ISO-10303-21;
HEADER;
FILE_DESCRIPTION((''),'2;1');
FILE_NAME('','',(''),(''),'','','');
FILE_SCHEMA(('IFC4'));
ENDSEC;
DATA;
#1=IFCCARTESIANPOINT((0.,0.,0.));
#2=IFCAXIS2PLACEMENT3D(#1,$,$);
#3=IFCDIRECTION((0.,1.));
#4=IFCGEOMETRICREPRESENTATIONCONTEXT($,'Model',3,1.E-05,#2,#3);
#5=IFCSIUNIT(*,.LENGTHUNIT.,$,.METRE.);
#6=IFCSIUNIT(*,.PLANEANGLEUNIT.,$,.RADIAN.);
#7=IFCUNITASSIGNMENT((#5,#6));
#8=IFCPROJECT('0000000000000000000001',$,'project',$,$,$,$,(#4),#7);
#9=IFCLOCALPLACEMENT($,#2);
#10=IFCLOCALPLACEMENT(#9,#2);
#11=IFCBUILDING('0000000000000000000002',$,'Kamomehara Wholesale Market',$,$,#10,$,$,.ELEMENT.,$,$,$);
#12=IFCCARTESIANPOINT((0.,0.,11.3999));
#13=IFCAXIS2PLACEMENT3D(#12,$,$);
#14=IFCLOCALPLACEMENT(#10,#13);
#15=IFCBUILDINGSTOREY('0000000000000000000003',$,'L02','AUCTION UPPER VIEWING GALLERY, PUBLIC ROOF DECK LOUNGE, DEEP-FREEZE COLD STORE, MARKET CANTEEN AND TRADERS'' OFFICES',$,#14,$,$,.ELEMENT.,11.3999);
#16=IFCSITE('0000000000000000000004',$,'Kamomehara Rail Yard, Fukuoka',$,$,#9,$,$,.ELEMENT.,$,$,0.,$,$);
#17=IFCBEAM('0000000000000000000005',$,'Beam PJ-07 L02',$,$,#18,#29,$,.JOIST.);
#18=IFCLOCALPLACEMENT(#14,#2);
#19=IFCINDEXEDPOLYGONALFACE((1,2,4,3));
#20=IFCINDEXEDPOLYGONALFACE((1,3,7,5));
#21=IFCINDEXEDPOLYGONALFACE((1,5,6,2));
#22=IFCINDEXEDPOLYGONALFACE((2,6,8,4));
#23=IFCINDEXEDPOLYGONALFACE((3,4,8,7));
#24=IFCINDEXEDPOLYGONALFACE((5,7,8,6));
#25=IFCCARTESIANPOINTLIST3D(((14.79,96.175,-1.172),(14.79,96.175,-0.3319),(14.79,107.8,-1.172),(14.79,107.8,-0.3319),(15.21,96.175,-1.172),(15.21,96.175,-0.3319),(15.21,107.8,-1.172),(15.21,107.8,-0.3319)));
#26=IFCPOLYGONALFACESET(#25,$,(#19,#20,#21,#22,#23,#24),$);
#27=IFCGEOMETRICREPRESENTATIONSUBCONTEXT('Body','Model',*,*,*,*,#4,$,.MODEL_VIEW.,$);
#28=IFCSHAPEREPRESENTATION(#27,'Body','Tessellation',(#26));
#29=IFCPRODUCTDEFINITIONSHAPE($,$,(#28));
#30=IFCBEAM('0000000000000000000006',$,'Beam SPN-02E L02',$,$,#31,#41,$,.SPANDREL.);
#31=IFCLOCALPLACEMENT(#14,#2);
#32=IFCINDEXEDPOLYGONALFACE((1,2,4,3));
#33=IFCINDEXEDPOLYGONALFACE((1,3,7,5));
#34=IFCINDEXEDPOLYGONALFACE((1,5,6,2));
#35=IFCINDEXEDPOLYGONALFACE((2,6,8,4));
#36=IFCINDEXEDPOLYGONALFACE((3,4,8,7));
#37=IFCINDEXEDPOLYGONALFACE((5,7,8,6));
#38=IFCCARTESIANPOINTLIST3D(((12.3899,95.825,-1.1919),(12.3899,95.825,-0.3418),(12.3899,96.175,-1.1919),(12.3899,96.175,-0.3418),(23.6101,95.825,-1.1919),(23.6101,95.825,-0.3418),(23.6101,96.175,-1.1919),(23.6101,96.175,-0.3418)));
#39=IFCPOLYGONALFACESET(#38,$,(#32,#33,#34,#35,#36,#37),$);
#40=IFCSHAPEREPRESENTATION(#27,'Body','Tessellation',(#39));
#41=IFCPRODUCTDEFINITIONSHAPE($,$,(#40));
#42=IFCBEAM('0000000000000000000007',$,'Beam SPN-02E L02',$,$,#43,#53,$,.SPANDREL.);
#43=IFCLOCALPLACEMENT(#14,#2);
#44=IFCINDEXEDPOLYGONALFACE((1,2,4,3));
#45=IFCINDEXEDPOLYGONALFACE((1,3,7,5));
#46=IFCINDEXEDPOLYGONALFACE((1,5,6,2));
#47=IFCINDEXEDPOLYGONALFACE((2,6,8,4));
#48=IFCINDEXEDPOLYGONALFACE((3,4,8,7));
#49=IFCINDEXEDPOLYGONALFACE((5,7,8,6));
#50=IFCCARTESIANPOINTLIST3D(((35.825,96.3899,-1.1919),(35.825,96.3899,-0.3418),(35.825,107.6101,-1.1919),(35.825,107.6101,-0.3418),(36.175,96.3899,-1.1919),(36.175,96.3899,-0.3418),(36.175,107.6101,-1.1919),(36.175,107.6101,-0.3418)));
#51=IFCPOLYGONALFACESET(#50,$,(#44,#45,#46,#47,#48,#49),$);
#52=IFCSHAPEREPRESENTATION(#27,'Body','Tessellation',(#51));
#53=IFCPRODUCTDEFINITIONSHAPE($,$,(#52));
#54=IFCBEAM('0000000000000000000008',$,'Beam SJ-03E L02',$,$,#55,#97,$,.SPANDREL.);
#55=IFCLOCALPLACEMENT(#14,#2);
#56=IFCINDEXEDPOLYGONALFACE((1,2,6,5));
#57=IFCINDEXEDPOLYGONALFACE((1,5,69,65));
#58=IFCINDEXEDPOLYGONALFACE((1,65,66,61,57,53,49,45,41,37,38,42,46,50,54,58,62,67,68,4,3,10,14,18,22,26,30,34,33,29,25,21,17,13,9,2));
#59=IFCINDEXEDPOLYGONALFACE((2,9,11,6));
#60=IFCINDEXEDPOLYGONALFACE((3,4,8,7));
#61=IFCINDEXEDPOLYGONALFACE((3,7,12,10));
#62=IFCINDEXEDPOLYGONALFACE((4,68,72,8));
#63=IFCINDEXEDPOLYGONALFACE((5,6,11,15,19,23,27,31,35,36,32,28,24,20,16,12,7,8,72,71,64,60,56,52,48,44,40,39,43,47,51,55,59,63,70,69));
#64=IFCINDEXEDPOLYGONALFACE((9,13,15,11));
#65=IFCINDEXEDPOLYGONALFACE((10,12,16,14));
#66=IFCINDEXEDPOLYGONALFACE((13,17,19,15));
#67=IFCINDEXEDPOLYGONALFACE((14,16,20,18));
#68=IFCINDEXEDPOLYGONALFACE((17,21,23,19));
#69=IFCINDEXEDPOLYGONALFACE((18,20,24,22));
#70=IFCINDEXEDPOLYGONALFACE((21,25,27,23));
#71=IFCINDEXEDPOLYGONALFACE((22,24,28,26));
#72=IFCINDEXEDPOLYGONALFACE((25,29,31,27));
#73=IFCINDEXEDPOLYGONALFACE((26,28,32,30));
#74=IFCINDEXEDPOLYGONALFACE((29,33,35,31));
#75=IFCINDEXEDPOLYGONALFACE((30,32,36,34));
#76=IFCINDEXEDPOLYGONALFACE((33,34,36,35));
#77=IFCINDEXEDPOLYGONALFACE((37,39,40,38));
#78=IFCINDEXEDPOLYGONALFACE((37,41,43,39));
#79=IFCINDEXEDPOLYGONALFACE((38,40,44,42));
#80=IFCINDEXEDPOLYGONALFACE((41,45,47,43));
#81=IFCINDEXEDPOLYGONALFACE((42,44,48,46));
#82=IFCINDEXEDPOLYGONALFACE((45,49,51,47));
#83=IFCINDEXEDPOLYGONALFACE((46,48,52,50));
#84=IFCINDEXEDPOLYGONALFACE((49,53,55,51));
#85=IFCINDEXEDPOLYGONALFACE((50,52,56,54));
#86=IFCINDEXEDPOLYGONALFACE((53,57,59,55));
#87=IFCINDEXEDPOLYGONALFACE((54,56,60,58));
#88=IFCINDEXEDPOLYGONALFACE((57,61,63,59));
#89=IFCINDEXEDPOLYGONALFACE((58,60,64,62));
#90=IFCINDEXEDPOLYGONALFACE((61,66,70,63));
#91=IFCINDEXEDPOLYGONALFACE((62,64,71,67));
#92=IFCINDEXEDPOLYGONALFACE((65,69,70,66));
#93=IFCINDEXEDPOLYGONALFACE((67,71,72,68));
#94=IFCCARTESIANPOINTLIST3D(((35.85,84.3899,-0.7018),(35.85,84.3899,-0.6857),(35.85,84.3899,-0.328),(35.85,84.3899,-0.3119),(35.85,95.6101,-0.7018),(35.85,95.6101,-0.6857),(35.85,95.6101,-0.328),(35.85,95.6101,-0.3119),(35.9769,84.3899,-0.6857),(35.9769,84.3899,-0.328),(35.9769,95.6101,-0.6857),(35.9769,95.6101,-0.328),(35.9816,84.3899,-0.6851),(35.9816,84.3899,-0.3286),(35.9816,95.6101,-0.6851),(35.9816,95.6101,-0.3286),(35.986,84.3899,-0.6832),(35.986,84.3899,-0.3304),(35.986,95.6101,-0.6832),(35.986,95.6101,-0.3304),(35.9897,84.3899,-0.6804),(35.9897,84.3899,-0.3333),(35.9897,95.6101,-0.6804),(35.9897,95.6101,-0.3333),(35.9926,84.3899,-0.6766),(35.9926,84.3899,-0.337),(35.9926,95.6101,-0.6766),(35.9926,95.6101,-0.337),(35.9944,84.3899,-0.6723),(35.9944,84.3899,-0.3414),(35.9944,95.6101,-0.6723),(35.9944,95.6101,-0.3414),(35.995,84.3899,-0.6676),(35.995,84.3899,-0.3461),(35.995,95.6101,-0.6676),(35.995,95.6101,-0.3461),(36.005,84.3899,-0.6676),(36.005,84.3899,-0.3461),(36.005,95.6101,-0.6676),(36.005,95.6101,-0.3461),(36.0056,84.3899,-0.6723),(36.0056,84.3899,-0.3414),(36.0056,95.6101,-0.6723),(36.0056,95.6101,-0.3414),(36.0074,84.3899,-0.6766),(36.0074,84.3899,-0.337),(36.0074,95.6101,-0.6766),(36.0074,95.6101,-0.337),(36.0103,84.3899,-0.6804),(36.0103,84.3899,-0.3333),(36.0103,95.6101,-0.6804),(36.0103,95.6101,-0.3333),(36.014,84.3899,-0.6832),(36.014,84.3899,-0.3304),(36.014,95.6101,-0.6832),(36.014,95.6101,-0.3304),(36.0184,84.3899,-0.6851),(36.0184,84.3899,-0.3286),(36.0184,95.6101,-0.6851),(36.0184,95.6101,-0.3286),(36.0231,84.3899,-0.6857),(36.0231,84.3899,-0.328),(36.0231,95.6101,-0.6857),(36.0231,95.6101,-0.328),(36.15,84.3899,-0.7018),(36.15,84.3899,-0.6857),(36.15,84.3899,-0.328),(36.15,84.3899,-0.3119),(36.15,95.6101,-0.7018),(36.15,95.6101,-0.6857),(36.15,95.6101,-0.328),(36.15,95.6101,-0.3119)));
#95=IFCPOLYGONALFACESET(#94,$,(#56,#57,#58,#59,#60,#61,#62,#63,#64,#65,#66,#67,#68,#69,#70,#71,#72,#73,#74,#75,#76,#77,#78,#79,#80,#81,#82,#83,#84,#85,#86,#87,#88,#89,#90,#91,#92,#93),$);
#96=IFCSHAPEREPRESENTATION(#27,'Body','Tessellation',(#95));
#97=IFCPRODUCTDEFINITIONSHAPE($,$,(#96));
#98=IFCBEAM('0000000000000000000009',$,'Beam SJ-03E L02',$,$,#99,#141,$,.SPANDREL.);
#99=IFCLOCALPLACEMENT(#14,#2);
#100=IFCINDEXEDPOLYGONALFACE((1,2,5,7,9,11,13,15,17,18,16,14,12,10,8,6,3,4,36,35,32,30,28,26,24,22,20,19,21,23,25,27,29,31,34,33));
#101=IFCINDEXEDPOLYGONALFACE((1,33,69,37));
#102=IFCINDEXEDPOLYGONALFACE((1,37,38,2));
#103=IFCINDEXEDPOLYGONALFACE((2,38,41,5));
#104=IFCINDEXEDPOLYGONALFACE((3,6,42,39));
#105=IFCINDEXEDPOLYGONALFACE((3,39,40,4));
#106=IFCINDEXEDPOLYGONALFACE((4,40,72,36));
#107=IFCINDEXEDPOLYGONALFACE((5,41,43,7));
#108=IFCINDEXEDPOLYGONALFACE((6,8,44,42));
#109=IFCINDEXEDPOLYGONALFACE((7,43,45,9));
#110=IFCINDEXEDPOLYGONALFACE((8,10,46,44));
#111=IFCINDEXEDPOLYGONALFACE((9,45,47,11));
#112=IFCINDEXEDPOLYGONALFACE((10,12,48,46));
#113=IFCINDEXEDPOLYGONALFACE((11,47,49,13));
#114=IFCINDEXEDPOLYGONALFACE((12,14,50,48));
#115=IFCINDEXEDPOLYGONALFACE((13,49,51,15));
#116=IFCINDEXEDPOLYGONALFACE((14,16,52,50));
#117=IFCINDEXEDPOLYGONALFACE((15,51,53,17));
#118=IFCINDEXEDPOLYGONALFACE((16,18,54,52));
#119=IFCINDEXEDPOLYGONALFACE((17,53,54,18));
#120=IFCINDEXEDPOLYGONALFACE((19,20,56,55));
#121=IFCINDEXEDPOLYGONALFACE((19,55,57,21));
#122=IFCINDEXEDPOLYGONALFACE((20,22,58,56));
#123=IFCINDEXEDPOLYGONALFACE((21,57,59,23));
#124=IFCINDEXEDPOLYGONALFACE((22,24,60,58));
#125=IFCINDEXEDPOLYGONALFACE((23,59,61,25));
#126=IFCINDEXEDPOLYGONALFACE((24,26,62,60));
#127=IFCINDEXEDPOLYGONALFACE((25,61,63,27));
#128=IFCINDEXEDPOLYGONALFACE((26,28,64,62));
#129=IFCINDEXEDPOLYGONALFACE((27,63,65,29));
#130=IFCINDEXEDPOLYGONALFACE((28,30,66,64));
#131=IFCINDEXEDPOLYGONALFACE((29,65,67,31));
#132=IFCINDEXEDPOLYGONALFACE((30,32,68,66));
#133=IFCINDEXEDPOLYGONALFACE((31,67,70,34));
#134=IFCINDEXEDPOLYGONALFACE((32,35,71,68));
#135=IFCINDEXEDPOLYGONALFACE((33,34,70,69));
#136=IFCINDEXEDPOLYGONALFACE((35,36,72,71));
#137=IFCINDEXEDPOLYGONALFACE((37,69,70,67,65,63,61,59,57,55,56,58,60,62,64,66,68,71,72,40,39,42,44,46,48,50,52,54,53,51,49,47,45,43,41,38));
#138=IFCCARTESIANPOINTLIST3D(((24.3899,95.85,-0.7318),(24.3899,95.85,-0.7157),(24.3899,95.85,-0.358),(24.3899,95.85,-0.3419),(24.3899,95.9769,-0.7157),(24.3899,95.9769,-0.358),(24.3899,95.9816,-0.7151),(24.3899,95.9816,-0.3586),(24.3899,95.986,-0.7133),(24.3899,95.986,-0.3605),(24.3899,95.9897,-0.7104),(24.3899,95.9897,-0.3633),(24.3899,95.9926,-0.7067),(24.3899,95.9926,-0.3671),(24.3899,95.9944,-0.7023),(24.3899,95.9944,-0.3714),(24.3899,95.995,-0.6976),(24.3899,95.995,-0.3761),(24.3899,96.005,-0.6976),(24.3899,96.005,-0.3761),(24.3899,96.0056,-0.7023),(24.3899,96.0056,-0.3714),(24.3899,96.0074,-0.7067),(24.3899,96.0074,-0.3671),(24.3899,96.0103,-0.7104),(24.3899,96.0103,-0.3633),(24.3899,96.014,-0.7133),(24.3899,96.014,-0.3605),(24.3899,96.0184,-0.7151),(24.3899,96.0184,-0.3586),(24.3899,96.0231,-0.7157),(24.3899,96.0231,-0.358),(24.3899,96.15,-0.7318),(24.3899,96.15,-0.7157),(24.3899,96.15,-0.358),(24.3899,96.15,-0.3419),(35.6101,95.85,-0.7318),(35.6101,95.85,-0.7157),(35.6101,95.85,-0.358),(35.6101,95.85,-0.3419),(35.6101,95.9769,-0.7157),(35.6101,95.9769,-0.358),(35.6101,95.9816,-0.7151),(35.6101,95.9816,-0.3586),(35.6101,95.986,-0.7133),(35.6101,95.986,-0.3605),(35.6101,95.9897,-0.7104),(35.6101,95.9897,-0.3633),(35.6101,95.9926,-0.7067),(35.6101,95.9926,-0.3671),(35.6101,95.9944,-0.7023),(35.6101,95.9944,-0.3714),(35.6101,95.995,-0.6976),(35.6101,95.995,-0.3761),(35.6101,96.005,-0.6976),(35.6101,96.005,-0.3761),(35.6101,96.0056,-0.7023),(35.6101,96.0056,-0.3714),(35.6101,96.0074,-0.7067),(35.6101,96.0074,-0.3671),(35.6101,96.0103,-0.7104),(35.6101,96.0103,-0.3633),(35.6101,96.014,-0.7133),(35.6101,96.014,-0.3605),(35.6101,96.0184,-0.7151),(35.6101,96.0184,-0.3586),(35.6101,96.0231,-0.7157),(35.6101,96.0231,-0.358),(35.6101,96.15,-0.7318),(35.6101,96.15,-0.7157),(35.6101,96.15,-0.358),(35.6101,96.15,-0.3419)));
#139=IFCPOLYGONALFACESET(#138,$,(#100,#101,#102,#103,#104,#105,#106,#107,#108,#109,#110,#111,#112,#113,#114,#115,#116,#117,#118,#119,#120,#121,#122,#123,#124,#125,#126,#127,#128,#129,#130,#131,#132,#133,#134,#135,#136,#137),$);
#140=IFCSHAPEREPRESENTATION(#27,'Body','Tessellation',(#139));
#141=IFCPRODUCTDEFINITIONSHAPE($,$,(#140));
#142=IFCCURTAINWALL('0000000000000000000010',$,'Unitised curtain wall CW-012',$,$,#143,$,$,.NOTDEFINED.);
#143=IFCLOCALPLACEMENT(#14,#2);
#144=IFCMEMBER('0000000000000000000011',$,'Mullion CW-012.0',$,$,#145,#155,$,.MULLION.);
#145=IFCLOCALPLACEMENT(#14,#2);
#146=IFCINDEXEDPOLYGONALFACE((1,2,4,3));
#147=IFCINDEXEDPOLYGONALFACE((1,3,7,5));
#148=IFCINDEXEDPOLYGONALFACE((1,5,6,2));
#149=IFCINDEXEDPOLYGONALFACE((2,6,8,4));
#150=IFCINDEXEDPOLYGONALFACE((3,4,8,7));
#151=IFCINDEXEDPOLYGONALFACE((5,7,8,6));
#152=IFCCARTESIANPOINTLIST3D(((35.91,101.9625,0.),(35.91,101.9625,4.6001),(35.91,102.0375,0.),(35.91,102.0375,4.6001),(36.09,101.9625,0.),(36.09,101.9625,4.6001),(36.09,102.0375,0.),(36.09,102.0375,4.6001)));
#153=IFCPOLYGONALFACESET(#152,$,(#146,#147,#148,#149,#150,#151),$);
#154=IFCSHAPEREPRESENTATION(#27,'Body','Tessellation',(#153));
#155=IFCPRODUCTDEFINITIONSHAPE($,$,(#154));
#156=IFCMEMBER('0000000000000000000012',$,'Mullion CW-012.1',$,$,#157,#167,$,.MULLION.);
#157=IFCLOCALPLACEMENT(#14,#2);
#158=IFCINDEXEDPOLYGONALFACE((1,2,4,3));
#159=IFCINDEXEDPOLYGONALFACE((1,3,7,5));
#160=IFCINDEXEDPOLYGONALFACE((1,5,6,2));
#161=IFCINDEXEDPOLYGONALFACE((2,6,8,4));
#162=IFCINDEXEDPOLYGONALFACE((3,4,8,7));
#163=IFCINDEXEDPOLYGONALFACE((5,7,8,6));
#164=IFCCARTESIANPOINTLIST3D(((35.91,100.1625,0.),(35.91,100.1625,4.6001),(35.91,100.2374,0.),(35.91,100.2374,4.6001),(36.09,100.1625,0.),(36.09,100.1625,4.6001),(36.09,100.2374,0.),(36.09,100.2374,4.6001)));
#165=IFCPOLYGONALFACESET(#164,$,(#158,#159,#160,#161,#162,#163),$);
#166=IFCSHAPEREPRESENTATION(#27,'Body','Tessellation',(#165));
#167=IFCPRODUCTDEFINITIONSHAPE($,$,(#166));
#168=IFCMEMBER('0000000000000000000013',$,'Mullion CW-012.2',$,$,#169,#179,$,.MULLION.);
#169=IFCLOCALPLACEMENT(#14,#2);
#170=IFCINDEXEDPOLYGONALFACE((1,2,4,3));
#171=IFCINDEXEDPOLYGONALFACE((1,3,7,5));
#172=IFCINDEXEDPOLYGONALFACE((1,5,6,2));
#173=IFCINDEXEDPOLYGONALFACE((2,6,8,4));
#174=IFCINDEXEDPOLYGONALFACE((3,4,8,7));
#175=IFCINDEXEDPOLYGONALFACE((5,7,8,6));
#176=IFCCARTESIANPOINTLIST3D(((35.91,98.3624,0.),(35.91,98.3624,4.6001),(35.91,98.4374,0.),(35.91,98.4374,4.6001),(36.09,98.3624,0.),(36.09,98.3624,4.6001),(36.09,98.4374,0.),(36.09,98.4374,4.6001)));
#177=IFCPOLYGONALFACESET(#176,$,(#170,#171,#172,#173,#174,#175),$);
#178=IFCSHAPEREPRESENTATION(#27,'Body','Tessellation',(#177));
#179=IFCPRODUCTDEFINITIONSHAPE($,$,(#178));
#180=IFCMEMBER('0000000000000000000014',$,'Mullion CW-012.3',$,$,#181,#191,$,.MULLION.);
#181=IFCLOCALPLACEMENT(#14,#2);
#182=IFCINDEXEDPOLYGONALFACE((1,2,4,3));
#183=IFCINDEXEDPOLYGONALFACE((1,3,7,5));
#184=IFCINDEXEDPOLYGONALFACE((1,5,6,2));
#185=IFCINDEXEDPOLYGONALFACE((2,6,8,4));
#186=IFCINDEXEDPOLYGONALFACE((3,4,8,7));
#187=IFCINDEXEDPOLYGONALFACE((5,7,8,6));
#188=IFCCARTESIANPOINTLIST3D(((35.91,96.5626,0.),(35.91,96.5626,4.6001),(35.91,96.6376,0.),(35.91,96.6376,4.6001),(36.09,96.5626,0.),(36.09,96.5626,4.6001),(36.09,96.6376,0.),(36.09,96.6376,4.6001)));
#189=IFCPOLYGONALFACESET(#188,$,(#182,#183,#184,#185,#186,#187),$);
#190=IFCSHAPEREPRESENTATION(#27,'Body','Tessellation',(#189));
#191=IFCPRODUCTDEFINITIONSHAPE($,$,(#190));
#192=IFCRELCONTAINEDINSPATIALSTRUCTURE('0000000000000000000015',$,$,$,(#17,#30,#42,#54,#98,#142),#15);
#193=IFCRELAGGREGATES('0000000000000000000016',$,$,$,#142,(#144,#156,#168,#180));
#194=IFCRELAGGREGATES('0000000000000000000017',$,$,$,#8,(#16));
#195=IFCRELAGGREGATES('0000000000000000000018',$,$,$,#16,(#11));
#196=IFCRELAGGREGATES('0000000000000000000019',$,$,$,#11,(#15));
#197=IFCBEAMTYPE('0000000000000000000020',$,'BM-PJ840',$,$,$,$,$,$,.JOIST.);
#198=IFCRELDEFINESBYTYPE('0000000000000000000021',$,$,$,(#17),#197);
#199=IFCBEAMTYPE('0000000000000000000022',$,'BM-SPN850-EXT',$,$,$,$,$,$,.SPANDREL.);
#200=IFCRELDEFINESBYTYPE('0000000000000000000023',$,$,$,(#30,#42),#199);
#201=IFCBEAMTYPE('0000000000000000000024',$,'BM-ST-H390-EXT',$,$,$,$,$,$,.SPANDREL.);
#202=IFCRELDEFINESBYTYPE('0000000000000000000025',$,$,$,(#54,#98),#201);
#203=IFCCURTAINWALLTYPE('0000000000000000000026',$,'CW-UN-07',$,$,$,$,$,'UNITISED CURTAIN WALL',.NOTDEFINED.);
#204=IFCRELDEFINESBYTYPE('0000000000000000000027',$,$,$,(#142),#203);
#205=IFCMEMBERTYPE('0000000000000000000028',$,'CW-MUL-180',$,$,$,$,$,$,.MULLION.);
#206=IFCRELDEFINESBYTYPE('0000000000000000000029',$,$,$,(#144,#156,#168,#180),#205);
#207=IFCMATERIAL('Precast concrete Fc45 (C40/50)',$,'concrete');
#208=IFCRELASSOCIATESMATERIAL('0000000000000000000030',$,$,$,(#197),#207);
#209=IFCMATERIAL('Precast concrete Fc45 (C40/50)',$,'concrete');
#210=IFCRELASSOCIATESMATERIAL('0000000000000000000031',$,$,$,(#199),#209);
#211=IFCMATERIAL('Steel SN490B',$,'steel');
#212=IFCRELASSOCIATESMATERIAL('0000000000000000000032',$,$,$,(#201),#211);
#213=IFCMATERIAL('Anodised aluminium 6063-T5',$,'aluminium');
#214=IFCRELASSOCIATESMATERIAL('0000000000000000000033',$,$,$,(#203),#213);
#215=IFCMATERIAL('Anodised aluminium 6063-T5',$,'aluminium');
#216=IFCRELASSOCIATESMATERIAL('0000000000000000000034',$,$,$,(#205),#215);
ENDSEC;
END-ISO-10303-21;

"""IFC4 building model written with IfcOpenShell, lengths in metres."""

from ifc_helpers import new_model, si_unit, direction, frame, origin, origin_2d, place, context, subcontext, project, spatial, rectangle, i_section, extrude, material, material_profile, profile_set, type_object, element, aggregate, save


model = new_model("IFC4")

# Units and contexts
model_context = context("Model", 3, precision=1e-05, world=origin(), true_north=direction((0.0, 1.0)))
body_context = subcontext(model_context, "Body", "Model", "MODEL_VIEW")
ifc_project = project(units=[si_unit("LENGTHUNIT", "METRE"), si_unit("PLANEANGLEUNIT", "RADIAN")], contexts=[model_context])

# Site, building, storey
site_placement = place(None, origin())
site = spatial("IfcSite", under=ifc_project, at=site_placement, Name="Kamomehara Rail Yard, Fukuoka", CompositionType="ELEMENT", RefElevation=0.0)
building_placement = place(site_placement, origin())
building = spatial("IfcBuilding", under=site, at=building_placement, Name="Kamomehara Wholesale Market", CompositionType="ELEMENT")
storey_placement = place(building_placement, frame((0.0, 0.0, 11.3999)))
storey = spatial("IfcBuildingStorey", under=building, at=storey_placement, Name="L02", Description="AUCTION UPPER VIEWING GALLERY, PUBLIC ROOF DECK LOUNGE, DEEP-FREEZE COLD STORE, MARKET CANTEEN AND TRADERS' OFFICES", CompositionType="ELEMENT", Elevation=11.3999)

# Beams
ifc_material_1 = material(Name="Precast concrete Fc45 (C40/50)", Category="concrete")
ifc_material_profile_1 = material_profile(ifc_material_1, rectangle(XDim=0.4199, YDim=0.8401, at=origin_2d()), Name="PC-JST-420x840")
ifc_profile_set_1 = profile_set([ifc_material_profile_1], Name="Precast concrete Fc45 (C40/50)")
beam_type_1 = type_object("IfcBeamType", Name="BM-PJ840", PredefinedType="JOIST", material=ifc_profile_set_1)
beam_1_placement = place(storey_placement, frame((15.0, 96.175, -0.752), z_axis=(0.0, 1.0, 0.0), x_axis=(-1.0, 0.0, 0.0)))
element("IfcBeam", 1, at=beam_1_placement, inside=storey, type_object=beam_type_1, Name="Beam PJ-07 L02", PredefinedType="JOIST", context=body_context, shape_type="SweptSolid", body=[
    extrude(rectangle(XDim=0.4199, YDim=0.8401, at=origin_2d()), origin(), (0.0, 0.0, 1.0), 11.625),
])
ifc_material_2 = material(Name="Precast concrete Fc45 (C40/50)", Category="concrete")
ifc_material_profile_2 = material_profile(ifc_material_2, rectangle(XDim=0.3501, YDim=0.8501, at=origin_2d()), Name="PC-SPN-350x850")
ifc_profile_set_2 = profile_set([ifc_material_profile_2], Name="Precast concrete Fc45 (C40/50)")
beam_type_2 = type_object("IfcBeamType", Name="BM-SPN850-EXT", PredefinedType="SPANDREL", material=ifc_profile_set_2)
for number, where, z_axis, x_axis, name in (
    (2, (12.3899, 96.0, -0.7668), (1.0, 0.0, 0.0), (0.0, 1.0, 0.0), "Beam SPN-02E L02"),
    (3, (36.0, 96.3899, -0.7668), (0.0, 1.0, 0.0), (-1.0, 0.0, 0.0), "Beam SPN-02E L02"),
):
    element("IfcBeam", number, at=place(storey_placement, frame(where, z_axis=z_axis, x_axis=x_axis)), inside=storey, type_object=beam_type_2, Name=name, PredefinedType="SPANDREL", context=body_context, shape_type="SweptSolid", body=[
        extrude(rectangle(XDim=0.3501, YDim=0.8501, at=origin_2d()), origin(), (0.0, 0.0, 1.0), 11.2202),
    ])
ifc_material_3 = material(Name="Steel SN490B", Category="steel")
ifc_material_profile_3 = material_profile(ifc_material_3, i_section(OverallWidth=0.3, OverallDepth=0.3899, WebThickness=0.01, FlangeThickness=0.0161, FilletRadius=0.0181, at=origin_2d()), Name="H-390x300x10x16")
ifc_profile_set_3 = profile_set([ifc_material_profile_3], Name="Steel SN490B")
beam_type_3 = type_object("IfcBeamType", Name="BM-ST-H390-EXT", PredefinedType="SPANDREL", material=ifc_profile_set_3)
for number, where, z_axis, x_axis, name in (
    (4, (36.0, 84.3899, -0.5068), (0.0, 1.0, 0.0), (-1.0, 0.0, 0.0), "Beam SJ-03E L02"),
    (5, (24.3899, 96.0, -0.5369), (1.0, 0.0, 0.0), (0.0, 1.0, 0.0), "Beam SJ-03E L02"),
):
    element("IfcBeam", number, at=place(storey_placement, frame(where, z_axis=z_axis, x_axis=x_axis)), inside=storey, type_object=beam_type_3, Name=name, PredefinedType="SPANDREL", context=body_context, shape_type="SweptSolid", body=[
        extrude(i_section(OverallWidth=0.3, OverallDepth=0.3899, WebThickness=0.01, FlangeThickness=0.0161, FilletRadius=0.0181, at=origin_2d()), origin(), (0.0, 0.0, 1.0), 11.2202),
    ])

# Curtain wall, members
ifc_material_4 = material(Name="Anodised aluminium 6063-T5", Category="aluminium")
curtain_wall_type = type_object("IfcCurtainWallType", Name="CW-UN-07", ElementType="UNITISED CURTAIN WALL", PredefinedType="NOTDEFINED", material=ifc_material_4)
curtain_wall_placement = place(storey_placement, origin())
curtain_wall = element("IfcCurtainWall", 6, at=curtain_wall_placement, inside=storey, type_object=curtain_wall_type, Name="Unitised curtain wall CW-012", PredefinedType="NOTDEFINED")
ifc_material_5 = material(Name="Anodised aluminium 6063-T5", Category="aluminium")
ifc_material_profile_4 = material_profile(ifc_material_5, rectangle(XDim=0.075, YDim=0.1799, at=origin_2d()), Name="ALU-MUL-75x180")
ifc_profile_set_4 = profile_set([ifc_material_profile_4], Name="Anodised aluminium 6063-T5")
member_type_1 = type_object("IfcMemberType", Name="CW-MUL-180", PredefinedType="MULLION", material=ifc_profile_set_4)
member_1_placement = place(storey_placement, frame((36.0, 102.0, 0.0), z_axis=(0.0, 0.0, 1.0), x_axis=(0.0, -1.0, 0.0)))
member_1 = element("IfcMember", 7, at=member_1_placement, type_object=member_type_1, Name="Mullion CW-012.0", PredefinedType="MULLION", context=body_context, shape_type="SweptSolid", body=[
    extrude(rectangle(XDim=0.075, YDim=0.1799, at=origin_2d()), origin(), (0.0, 0.0, 1.0), 4.6001),
])
member_2_placement = place(storey_placement, frame((36.0, 100.2, 0.0), z_axis=(0.0, 0.0, 1.0), x_axis=(0.0, -1.0, 0.0)))
member_2 = element("IfcMember", 8, at=member_2_placement, type_object=member_type_1, Name="Mullion CW-012.1", PredefinedType="MULLION", context=body_context, shape_type="SweptSolid", body=[
    extrude(rectangle(XDim=0.075, YDim=0.1799, at=origin_2d()), origin(), (0.0, 0.0, 1.0), 4.6001),
])
member_3_placement = place(storey_placement, frame((36.0, 98.3999, 0.0), z_axis=(0.0, 0.0, 1.0), x_axis=(0.0, -1.0, 0.0)))
member_3 = element("IfcMember", 9, at=member_3_placement, type_object=member_type_1, Name="Mullion CW-012.2", PredefinedType="MULLION", context=body_context, shape_type="SweptSolid", body=[
    extrude(rectangle(XDim=0.075, YDim=0.1799, at=origin_2d()), origin(), (0.0, 0.0, 1.0), 4.6001),
])
member_4_placement = place(storey_placement, frame((36.0, 96.6001, 0.0), z_axis=(0.0, 0.0, 1.0), x_axis=(0.0, -1.0, 0.0)))
member_4 = element("IfcMember", 10, at=member_4_placement, type_object=member_type_1, Name="Mullion CW-012.3", PredefinedType="MULLION", context=body_context, shape_type="SweptSolid", body=[
    extrude(rectangle(XDim=0.075, YDim=0.1799, at=origin_2d()), origin(), (0.0, 0.0, 1.0), 4.6001),
])

aggregate(curtain_wall, [member_1, member_2, member_3, member_4])

save(model, "model.ifc")
